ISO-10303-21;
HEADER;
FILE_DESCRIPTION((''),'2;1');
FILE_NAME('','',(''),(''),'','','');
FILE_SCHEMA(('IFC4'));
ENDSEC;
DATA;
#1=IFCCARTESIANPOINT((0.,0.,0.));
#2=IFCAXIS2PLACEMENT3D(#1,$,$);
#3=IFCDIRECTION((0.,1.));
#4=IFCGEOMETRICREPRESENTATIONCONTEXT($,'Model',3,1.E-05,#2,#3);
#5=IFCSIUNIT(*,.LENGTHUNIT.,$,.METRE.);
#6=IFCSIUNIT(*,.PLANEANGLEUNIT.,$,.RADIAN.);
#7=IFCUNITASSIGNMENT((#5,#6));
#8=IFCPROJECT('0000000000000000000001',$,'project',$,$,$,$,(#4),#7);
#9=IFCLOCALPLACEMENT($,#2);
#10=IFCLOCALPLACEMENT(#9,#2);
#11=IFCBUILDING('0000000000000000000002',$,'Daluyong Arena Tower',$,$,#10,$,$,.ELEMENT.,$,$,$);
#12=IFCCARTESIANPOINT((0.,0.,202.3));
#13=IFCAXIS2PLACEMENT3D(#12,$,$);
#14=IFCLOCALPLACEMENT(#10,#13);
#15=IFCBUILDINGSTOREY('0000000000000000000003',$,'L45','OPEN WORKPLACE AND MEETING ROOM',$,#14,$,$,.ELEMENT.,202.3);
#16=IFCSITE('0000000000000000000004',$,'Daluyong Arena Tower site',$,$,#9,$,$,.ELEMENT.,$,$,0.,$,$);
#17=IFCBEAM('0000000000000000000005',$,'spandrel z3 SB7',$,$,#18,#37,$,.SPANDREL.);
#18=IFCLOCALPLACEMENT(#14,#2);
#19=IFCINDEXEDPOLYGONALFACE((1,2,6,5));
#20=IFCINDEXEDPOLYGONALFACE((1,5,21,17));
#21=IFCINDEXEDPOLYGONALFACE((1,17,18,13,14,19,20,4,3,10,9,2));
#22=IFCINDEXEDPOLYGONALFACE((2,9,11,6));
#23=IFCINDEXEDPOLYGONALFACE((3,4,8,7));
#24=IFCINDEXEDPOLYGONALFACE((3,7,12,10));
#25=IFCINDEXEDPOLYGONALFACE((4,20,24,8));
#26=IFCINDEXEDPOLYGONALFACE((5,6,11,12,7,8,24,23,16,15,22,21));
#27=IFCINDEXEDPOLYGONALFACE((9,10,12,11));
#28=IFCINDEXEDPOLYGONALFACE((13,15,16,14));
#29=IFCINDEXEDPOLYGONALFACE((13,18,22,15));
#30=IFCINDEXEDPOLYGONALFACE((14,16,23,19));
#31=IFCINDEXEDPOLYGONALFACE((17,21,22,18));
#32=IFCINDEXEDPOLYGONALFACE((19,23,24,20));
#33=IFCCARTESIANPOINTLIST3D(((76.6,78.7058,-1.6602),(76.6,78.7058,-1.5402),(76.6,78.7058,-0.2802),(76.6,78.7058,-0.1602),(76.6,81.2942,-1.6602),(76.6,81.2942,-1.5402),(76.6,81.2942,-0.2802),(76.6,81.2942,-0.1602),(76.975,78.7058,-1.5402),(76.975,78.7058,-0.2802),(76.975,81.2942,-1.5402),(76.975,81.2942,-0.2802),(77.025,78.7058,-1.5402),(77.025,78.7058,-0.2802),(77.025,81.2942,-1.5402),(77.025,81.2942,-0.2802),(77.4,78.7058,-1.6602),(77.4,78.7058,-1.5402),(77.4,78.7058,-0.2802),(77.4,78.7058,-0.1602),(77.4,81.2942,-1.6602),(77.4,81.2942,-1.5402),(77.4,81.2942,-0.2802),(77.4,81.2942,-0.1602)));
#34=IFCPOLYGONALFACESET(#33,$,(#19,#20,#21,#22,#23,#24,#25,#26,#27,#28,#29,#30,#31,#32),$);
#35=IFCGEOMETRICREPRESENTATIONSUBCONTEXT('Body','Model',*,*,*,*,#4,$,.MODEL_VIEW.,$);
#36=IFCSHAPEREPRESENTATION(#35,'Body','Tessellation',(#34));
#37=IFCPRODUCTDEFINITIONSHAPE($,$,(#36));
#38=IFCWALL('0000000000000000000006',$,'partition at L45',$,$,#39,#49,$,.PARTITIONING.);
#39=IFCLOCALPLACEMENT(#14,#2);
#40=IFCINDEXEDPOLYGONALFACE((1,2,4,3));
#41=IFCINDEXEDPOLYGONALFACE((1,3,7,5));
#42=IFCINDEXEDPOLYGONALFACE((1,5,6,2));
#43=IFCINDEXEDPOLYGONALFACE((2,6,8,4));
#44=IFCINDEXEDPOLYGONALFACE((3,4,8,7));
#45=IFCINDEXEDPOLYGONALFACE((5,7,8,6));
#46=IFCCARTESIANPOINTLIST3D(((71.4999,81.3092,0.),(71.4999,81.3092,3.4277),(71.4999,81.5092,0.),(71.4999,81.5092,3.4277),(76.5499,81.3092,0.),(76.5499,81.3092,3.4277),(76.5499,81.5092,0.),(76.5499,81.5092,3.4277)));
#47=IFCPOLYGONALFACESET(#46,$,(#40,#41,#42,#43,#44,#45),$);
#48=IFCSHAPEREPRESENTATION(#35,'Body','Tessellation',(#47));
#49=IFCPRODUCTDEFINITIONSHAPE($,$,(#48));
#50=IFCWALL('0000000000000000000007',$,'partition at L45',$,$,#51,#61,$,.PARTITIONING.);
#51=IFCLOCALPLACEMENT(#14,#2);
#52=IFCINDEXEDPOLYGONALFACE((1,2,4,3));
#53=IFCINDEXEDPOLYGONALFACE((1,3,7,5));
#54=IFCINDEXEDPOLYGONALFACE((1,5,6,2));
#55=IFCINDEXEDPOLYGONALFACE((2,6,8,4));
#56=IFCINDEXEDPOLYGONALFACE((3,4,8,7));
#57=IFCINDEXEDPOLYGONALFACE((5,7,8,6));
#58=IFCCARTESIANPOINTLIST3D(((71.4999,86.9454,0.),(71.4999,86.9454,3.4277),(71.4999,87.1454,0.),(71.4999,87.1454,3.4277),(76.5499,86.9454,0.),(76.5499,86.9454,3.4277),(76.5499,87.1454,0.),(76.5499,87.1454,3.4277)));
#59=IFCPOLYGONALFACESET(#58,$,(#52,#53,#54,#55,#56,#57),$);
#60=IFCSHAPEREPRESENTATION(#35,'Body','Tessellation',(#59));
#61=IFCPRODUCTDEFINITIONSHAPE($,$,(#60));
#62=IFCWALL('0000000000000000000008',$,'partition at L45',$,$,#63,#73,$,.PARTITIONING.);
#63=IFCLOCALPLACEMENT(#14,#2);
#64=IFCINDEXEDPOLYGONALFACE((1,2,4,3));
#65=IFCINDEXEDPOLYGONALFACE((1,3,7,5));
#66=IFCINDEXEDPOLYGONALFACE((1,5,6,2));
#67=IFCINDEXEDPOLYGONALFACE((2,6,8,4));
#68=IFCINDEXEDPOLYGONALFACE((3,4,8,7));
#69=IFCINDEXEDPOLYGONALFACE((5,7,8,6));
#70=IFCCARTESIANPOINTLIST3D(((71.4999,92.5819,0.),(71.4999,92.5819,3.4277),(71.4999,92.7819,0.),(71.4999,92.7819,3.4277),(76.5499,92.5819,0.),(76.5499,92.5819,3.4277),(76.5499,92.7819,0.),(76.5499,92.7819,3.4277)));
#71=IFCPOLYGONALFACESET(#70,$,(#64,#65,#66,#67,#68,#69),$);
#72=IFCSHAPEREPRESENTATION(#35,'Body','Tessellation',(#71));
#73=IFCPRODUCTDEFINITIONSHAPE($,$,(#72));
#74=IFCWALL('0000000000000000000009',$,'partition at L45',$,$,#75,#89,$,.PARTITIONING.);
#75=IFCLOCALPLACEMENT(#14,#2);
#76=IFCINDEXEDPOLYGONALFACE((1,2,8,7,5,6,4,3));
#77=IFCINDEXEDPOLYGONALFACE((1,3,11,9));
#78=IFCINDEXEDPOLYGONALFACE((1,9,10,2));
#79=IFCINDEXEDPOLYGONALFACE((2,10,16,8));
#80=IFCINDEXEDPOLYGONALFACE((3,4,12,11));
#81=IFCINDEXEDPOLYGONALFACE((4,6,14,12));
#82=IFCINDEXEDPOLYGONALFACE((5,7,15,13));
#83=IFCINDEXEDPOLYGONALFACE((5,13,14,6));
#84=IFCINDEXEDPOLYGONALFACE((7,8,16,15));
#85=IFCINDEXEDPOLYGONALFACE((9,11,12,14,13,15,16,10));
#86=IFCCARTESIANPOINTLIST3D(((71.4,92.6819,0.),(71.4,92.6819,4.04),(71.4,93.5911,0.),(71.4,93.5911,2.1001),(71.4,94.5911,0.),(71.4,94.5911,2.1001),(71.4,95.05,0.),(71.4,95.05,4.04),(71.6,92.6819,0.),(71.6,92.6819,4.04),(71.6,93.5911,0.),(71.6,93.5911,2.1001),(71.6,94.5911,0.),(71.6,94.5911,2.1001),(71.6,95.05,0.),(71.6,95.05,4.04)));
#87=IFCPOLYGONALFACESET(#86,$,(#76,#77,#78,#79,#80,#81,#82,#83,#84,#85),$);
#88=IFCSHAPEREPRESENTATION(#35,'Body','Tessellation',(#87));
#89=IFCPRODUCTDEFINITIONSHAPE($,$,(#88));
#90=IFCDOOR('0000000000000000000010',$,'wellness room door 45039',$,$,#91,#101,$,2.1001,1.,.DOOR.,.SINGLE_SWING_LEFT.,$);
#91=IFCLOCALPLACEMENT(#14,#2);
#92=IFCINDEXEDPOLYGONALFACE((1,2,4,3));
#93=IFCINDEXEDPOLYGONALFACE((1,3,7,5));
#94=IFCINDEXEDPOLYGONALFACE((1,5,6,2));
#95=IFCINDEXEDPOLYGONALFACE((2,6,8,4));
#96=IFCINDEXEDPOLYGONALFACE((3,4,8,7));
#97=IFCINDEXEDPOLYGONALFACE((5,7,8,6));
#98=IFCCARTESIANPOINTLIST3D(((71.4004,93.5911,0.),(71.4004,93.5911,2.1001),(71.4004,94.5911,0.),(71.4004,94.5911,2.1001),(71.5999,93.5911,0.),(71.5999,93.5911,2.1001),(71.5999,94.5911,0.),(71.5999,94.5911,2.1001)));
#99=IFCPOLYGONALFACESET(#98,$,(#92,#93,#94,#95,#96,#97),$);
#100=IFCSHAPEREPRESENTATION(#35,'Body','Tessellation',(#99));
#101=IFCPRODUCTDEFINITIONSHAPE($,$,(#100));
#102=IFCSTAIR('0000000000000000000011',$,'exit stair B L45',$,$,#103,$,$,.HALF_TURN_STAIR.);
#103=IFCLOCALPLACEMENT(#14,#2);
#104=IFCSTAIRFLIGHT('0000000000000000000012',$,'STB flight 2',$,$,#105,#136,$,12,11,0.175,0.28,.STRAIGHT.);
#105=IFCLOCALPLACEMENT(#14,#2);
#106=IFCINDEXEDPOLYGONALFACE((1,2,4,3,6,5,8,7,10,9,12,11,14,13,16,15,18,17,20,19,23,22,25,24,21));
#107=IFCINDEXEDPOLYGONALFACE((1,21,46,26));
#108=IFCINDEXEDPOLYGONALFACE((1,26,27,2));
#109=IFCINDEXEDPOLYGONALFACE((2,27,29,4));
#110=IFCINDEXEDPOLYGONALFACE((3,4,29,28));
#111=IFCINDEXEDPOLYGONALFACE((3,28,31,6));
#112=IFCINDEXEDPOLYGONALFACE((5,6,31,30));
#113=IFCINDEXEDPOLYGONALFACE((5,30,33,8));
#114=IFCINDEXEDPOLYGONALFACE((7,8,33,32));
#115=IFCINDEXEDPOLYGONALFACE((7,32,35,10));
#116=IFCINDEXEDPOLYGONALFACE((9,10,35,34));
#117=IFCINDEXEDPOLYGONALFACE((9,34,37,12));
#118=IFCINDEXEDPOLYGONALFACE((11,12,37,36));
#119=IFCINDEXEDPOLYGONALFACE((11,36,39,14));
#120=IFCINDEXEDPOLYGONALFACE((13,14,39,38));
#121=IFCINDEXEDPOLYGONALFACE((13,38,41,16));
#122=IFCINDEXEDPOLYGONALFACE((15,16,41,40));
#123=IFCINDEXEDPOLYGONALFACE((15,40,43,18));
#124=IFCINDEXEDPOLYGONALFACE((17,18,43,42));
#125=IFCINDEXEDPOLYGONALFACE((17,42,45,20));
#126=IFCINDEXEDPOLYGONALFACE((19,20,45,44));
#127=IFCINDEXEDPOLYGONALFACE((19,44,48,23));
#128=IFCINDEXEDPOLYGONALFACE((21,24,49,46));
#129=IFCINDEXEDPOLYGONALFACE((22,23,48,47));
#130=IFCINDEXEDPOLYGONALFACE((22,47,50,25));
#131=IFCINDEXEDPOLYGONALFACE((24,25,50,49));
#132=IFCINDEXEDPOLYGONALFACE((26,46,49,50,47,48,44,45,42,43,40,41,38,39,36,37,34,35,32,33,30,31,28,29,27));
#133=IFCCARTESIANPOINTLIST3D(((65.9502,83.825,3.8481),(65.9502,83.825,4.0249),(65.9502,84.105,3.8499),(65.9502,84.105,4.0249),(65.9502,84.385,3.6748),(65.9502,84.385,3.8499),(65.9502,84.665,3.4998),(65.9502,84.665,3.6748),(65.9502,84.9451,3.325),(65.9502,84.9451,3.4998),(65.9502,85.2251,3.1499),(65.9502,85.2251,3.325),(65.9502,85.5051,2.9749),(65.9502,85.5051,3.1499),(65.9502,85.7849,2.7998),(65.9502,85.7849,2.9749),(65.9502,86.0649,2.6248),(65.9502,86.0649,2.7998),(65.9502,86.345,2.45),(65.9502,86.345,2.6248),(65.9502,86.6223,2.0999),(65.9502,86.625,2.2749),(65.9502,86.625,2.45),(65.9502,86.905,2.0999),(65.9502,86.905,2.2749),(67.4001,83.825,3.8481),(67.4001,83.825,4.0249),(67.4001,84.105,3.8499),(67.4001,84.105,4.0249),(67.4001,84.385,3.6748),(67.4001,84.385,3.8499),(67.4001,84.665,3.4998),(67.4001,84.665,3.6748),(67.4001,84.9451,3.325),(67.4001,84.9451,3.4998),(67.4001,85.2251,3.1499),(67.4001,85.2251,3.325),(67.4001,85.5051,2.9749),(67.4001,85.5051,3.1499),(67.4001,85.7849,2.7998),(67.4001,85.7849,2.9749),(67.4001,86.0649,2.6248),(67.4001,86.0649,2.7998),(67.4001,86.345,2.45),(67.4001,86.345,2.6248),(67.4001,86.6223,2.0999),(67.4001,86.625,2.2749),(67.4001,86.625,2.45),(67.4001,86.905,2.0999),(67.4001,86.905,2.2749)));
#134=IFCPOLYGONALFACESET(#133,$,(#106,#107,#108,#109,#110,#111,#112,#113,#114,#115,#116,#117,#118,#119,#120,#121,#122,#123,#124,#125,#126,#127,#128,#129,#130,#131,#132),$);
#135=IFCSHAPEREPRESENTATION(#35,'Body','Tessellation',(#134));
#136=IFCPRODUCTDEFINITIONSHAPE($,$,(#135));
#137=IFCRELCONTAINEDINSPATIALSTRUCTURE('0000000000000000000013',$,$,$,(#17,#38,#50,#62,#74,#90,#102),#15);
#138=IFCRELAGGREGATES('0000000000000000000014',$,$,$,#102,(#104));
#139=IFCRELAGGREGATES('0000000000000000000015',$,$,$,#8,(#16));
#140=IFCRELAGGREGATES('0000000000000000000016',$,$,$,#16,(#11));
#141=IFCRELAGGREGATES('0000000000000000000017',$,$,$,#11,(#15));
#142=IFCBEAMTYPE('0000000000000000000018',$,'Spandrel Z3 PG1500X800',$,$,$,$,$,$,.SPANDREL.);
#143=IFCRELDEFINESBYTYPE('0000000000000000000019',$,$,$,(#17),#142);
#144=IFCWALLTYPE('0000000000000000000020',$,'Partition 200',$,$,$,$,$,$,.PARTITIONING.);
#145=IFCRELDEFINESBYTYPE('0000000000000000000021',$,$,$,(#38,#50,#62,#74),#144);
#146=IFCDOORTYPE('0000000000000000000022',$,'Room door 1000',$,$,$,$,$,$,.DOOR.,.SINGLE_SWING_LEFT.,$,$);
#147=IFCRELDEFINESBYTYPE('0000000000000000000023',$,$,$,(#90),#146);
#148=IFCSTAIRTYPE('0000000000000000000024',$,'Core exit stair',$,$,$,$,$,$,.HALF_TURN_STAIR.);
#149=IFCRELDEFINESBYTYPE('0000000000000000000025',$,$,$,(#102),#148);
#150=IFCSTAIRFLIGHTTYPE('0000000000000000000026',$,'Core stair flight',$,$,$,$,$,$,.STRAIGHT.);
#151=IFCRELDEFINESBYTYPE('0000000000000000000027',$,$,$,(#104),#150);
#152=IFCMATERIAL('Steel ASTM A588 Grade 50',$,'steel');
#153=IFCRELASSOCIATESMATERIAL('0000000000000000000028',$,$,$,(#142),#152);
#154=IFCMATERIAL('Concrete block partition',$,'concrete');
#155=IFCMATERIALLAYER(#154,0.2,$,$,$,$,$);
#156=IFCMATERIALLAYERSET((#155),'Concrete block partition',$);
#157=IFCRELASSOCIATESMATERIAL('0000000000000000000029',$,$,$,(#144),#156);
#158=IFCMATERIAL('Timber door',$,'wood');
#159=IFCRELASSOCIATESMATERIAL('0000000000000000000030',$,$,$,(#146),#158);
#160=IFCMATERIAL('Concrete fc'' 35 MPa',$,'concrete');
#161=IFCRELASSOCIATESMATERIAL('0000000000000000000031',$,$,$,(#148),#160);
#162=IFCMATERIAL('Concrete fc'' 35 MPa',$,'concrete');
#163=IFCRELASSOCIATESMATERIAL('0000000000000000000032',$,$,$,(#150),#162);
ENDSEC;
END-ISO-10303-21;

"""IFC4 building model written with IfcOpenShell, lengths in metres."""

from ifc_helpers import new_model, si_unit, direction, frame, frame_2d, origin, origin_2d, place, context, subcontext, project, spatial, polyline, rectangle, i_section, outline, extrude, material, layer, layer_set, material_profile, profile_set, type_object, element, fill, aggregate, save


model = new_model("IFC4")

# Units and contexts
model_context = context("Model", 3, precision=1e-05, world=origin(), true_north=direction((0.0, 1.0)))
body_context = subcontext(model_context, "Body", "Model", "MODEL_VIEW")
ifc_project = project(units=[si_unit("LENGTHUNIT", "METRE"), si_unit("PLANEANGLEUNIT", "RADIAN")], contexts=[model_context])

# Site, building, storey
site_placement = place(None, origin())
site = spatial("IfcSite", under=ifc_project, at=site_placement, Name="Daluyong Arena Tower site", CompositionType="ELEMENT", RefElevation=0.0)
building_placement = place(site_placement, origin())
building = spatial("IfcBuilding", under=site, at=building_placement, Name="Daluyong Arena Tower", CompositionType="ELEMENT")
storey_placement = place(building_placement, frame((0.0, 0.0, 202.3)))
storey = spatial("IfcBuildingStorey", under=building, at=storey_placement, Name="L45", Description="OPEN WORKPLACE AND MEETING ROOM", CompositionType="ELEMENT", Elevation=202.3)

# Beam
ifc_material_1 = material(Name="Steel ASTM A588 Grade 50", Category="steel")
ifc_material_profile_1 = material_profile(ifc_material_1, i_section(OverallWidth=0.8, OverallDepth=1.5, WebThickness=0.05, FlangeThickness=0.12, at=origin_2d()))
ifc_profile_set_1 = profile_set([ifc_material_profile_1], Name="Steel ASTM A588 Grade 50")
beam_type_1 = type_object("IfcBeamType", Name="Spandrel Z3 PG1500X800", PredefinedType="SPANDREL", material=ifc_profile_set_1)
beam_1_placement = place(storey_placement, frame((77.0, 78.7058, -0.9102), z_axis=(0.0, 1.0, 0.0), x_axis=(-1.0, 0.0, 0.0)))
element("IfcBeam", 1, at=beam_1_placement, inside=storey, type_object=beam_type_1, Name="spandrel z3 SB7", PredefinedType="SPANDREL", context=body_context, shape_type="SweptSolid", body=[
    extrude(i_section(OverallWidth=0.8, OverallDepth=1.5, WebThickness=0.05, FlangeThickness=0.12, at=origin_2d()), origin(), (0.0, 0.0, 1.0), 2.5884),
])

# Walls
ifc_material_2 = material(Name="Concrete block partition", Category="concrete")
ifc_layer = layer(ifc_material_2, 0.2)
ifc_layer_set = layer_set([ifc_layer], Name="Concrete block partition")
wall_type = type_object("IfcWallType", Name="Partition 200", PredefinedType="PARTITIONING", material=ifc_layer_set)
for number, where, z_axis, x_axis, name in (
    (2, (71.5, 81.4092, 0.0), (0.0, 0.0, 1.0), (1.0, 0.0, 0.0), "partition at L45"),
    (3, (71.5, 87.0454, 0.0), (0.0, 0.0, 1.0), (1.0, 0.0, 0.0), "partition at L45"),
    (4, (71.5, 92.6819, 0.0), (0.0, 0.0, 1.0), (1.0, 0.0, 0.0), "partition at L45"),
):
    element("IfcWall", number, at=place(storey_placement, frame(where, z_axis=z_axis, x_axis=x_axis)), inside=storey, type_object=wall_type, Name=name, PredefinedType="PARTITIONING", context=body_context, shape_type="SweptSolid", body=[
        extrude(rectangle(XDim=5.05, YDim=0.2, at=frame_2d((2.5249, 0.0))), origin(), (0.0, 0.0, 1.0), 3.4277),
    ])

# Wall, opening, door
wall_placement = place(storey_placement, frame((71.5, 92.6819, 0.0), z_axis=(0.0, 0.0, 1.0), x_axis=(0.0, 1.0, 0.0)))
wall = element("IfcWall", 5, at=wall_placement, inside=storey, type_object=wall_type, Name="partition at L45", PredefinedType="PARTITIONING", context=body_context, shape_type="SweptSolid", body=[
    extrude(rectangle(XDim=2.3682, YDim=0.2, at=frame_2d((1.1841, 0.0))), origin(), (0.0, 0.0, 1.0), 4.04),
])
opening_placement = place(wall_placement, frame((0.9092, 0.0, 0.0)))
opening = element("IfcOpeningElement", 6, at=opening_placement, cuts=wall, PredefinedType="OPENING", context=body_context, shape_type="SweptSolid", body=[
    extrude(rectangle(XDim=1.0, YDim=2.1001, at=frame_2d((0.5, 1.05))), frame((0.0, 0.1099, 0.0), z_axis=(0.0, -1.0, 0.0), x_axis=(1.0, 0.0, 0.0)), (0.0, 0.0, 1.0), 0.22),
])
ifc_material_3 = material(Name="Timber door", Category="wood")
door_type = type_object("IfcDoorType", Name="Room door 1000", OperationType="SINGLE_SWING_LEFT", PredefinedType="DOOR", material=ifc_material_3)
door_placement = place(opening_placement, origin())
door = element("IfcDoor", 7, at=door_placement, inside=storey, type_object=door_type, Name="wellness room door 45039", OperationType="SINGLE_SWING_LEFT", OverallHeight=2.1001, OverallWidth=1.0, PredefinedType="DOOR", context=body_context, shape_type="SweptSolid", body=[
    extrude(rectangle(XDim=1.0, YDim=2.1001, at=frame_2d((0.5, 1.05))), frame((0.0, 0.0996, 0.0), z_axis=(0.0, -1.0, 0.0), x_axis=(1.0, 0.0, 0.0)), (0.0, 0.0, 1.0), 0.1995),
])
fill(opening, door)

# Stair, stair flight
ifc_material_4 = material(Name="Concrete fc' 35 MPa", Category="concrete")
stair_type = type_object("IfcStairType", Name="Core exit stair", PredefinedType="HALF_TURN_STAIR", material=ifc_material_4)
stair_placement = place(storey_placement, origin())
stair = element("IfcStair", 8, at=stair_placement, inside=storey, type_object=stair_type, Name="exit stair B L45", PredefinedType="HALF_TURN_STAIR")
ifc_material_5 = material(Name="Concrete fc' 35 MPa", Category="concrete")
stair_flight_type = type_object("IfcStairFlightType", Name="Core stair flight", PredefinedType="STRAIGHT", material=ifc_material_5)
stair_flight_placement = place(storey_placement, frame((66.675, 86.905, 2.0999), z_axis=(0.0, 0.0, 1.0), x_axis=(0.0, -1.0, 0.0)))
stair_flight = element("IfcStairFlight", 9, at=stair_flight_placement, type_object=stair_flight_type, Name="STB flight 2", NumberOfRisers=12, NumberOfTreads=11, PredefinedType="STRAIGHT", RiserHeight=0.175, TreadLength=0.28, context=body_context, shape_type="SweptSolid", body=[
    extrude(outline(polyline([(0.0, 0.0), (0.0, 0.175), (0.28, 0.175), (0.28, 0.3501), (0.5601, 0.3501), (0.5601, 0.5249), (0.8401, 0.5249), (0.8401, 0.7), (1.1201, 0.7), (1.1201, 0.875), (1.3999, 0.875), (1.3999, 1.05), (1.6799, 1.05), (1.6799, 1.2251), (1.96, 1.2251), (1.96, 1.3999), (2.24, 1.3999), (2.24, 1.575), (2.52, 1.575), (2.52, 1.75), (2.8, 1.75), (2.8, 1.925), (3.0801, 1.925), (3.0801, 2.1001), (3.0801, 1.7483), (0.2827, 0.0), (0.0, 0.0)])), frame((0.0, 0.7251, 0.0), z_axis=(0.0, -1.0, 0.0), x_axis=(1.0, 0.0, 0.0)), (0.0, 0.0, 1.0), 1.45),
])
aggregate(stair, [stair_flight])

save(model, "model.ifc")
